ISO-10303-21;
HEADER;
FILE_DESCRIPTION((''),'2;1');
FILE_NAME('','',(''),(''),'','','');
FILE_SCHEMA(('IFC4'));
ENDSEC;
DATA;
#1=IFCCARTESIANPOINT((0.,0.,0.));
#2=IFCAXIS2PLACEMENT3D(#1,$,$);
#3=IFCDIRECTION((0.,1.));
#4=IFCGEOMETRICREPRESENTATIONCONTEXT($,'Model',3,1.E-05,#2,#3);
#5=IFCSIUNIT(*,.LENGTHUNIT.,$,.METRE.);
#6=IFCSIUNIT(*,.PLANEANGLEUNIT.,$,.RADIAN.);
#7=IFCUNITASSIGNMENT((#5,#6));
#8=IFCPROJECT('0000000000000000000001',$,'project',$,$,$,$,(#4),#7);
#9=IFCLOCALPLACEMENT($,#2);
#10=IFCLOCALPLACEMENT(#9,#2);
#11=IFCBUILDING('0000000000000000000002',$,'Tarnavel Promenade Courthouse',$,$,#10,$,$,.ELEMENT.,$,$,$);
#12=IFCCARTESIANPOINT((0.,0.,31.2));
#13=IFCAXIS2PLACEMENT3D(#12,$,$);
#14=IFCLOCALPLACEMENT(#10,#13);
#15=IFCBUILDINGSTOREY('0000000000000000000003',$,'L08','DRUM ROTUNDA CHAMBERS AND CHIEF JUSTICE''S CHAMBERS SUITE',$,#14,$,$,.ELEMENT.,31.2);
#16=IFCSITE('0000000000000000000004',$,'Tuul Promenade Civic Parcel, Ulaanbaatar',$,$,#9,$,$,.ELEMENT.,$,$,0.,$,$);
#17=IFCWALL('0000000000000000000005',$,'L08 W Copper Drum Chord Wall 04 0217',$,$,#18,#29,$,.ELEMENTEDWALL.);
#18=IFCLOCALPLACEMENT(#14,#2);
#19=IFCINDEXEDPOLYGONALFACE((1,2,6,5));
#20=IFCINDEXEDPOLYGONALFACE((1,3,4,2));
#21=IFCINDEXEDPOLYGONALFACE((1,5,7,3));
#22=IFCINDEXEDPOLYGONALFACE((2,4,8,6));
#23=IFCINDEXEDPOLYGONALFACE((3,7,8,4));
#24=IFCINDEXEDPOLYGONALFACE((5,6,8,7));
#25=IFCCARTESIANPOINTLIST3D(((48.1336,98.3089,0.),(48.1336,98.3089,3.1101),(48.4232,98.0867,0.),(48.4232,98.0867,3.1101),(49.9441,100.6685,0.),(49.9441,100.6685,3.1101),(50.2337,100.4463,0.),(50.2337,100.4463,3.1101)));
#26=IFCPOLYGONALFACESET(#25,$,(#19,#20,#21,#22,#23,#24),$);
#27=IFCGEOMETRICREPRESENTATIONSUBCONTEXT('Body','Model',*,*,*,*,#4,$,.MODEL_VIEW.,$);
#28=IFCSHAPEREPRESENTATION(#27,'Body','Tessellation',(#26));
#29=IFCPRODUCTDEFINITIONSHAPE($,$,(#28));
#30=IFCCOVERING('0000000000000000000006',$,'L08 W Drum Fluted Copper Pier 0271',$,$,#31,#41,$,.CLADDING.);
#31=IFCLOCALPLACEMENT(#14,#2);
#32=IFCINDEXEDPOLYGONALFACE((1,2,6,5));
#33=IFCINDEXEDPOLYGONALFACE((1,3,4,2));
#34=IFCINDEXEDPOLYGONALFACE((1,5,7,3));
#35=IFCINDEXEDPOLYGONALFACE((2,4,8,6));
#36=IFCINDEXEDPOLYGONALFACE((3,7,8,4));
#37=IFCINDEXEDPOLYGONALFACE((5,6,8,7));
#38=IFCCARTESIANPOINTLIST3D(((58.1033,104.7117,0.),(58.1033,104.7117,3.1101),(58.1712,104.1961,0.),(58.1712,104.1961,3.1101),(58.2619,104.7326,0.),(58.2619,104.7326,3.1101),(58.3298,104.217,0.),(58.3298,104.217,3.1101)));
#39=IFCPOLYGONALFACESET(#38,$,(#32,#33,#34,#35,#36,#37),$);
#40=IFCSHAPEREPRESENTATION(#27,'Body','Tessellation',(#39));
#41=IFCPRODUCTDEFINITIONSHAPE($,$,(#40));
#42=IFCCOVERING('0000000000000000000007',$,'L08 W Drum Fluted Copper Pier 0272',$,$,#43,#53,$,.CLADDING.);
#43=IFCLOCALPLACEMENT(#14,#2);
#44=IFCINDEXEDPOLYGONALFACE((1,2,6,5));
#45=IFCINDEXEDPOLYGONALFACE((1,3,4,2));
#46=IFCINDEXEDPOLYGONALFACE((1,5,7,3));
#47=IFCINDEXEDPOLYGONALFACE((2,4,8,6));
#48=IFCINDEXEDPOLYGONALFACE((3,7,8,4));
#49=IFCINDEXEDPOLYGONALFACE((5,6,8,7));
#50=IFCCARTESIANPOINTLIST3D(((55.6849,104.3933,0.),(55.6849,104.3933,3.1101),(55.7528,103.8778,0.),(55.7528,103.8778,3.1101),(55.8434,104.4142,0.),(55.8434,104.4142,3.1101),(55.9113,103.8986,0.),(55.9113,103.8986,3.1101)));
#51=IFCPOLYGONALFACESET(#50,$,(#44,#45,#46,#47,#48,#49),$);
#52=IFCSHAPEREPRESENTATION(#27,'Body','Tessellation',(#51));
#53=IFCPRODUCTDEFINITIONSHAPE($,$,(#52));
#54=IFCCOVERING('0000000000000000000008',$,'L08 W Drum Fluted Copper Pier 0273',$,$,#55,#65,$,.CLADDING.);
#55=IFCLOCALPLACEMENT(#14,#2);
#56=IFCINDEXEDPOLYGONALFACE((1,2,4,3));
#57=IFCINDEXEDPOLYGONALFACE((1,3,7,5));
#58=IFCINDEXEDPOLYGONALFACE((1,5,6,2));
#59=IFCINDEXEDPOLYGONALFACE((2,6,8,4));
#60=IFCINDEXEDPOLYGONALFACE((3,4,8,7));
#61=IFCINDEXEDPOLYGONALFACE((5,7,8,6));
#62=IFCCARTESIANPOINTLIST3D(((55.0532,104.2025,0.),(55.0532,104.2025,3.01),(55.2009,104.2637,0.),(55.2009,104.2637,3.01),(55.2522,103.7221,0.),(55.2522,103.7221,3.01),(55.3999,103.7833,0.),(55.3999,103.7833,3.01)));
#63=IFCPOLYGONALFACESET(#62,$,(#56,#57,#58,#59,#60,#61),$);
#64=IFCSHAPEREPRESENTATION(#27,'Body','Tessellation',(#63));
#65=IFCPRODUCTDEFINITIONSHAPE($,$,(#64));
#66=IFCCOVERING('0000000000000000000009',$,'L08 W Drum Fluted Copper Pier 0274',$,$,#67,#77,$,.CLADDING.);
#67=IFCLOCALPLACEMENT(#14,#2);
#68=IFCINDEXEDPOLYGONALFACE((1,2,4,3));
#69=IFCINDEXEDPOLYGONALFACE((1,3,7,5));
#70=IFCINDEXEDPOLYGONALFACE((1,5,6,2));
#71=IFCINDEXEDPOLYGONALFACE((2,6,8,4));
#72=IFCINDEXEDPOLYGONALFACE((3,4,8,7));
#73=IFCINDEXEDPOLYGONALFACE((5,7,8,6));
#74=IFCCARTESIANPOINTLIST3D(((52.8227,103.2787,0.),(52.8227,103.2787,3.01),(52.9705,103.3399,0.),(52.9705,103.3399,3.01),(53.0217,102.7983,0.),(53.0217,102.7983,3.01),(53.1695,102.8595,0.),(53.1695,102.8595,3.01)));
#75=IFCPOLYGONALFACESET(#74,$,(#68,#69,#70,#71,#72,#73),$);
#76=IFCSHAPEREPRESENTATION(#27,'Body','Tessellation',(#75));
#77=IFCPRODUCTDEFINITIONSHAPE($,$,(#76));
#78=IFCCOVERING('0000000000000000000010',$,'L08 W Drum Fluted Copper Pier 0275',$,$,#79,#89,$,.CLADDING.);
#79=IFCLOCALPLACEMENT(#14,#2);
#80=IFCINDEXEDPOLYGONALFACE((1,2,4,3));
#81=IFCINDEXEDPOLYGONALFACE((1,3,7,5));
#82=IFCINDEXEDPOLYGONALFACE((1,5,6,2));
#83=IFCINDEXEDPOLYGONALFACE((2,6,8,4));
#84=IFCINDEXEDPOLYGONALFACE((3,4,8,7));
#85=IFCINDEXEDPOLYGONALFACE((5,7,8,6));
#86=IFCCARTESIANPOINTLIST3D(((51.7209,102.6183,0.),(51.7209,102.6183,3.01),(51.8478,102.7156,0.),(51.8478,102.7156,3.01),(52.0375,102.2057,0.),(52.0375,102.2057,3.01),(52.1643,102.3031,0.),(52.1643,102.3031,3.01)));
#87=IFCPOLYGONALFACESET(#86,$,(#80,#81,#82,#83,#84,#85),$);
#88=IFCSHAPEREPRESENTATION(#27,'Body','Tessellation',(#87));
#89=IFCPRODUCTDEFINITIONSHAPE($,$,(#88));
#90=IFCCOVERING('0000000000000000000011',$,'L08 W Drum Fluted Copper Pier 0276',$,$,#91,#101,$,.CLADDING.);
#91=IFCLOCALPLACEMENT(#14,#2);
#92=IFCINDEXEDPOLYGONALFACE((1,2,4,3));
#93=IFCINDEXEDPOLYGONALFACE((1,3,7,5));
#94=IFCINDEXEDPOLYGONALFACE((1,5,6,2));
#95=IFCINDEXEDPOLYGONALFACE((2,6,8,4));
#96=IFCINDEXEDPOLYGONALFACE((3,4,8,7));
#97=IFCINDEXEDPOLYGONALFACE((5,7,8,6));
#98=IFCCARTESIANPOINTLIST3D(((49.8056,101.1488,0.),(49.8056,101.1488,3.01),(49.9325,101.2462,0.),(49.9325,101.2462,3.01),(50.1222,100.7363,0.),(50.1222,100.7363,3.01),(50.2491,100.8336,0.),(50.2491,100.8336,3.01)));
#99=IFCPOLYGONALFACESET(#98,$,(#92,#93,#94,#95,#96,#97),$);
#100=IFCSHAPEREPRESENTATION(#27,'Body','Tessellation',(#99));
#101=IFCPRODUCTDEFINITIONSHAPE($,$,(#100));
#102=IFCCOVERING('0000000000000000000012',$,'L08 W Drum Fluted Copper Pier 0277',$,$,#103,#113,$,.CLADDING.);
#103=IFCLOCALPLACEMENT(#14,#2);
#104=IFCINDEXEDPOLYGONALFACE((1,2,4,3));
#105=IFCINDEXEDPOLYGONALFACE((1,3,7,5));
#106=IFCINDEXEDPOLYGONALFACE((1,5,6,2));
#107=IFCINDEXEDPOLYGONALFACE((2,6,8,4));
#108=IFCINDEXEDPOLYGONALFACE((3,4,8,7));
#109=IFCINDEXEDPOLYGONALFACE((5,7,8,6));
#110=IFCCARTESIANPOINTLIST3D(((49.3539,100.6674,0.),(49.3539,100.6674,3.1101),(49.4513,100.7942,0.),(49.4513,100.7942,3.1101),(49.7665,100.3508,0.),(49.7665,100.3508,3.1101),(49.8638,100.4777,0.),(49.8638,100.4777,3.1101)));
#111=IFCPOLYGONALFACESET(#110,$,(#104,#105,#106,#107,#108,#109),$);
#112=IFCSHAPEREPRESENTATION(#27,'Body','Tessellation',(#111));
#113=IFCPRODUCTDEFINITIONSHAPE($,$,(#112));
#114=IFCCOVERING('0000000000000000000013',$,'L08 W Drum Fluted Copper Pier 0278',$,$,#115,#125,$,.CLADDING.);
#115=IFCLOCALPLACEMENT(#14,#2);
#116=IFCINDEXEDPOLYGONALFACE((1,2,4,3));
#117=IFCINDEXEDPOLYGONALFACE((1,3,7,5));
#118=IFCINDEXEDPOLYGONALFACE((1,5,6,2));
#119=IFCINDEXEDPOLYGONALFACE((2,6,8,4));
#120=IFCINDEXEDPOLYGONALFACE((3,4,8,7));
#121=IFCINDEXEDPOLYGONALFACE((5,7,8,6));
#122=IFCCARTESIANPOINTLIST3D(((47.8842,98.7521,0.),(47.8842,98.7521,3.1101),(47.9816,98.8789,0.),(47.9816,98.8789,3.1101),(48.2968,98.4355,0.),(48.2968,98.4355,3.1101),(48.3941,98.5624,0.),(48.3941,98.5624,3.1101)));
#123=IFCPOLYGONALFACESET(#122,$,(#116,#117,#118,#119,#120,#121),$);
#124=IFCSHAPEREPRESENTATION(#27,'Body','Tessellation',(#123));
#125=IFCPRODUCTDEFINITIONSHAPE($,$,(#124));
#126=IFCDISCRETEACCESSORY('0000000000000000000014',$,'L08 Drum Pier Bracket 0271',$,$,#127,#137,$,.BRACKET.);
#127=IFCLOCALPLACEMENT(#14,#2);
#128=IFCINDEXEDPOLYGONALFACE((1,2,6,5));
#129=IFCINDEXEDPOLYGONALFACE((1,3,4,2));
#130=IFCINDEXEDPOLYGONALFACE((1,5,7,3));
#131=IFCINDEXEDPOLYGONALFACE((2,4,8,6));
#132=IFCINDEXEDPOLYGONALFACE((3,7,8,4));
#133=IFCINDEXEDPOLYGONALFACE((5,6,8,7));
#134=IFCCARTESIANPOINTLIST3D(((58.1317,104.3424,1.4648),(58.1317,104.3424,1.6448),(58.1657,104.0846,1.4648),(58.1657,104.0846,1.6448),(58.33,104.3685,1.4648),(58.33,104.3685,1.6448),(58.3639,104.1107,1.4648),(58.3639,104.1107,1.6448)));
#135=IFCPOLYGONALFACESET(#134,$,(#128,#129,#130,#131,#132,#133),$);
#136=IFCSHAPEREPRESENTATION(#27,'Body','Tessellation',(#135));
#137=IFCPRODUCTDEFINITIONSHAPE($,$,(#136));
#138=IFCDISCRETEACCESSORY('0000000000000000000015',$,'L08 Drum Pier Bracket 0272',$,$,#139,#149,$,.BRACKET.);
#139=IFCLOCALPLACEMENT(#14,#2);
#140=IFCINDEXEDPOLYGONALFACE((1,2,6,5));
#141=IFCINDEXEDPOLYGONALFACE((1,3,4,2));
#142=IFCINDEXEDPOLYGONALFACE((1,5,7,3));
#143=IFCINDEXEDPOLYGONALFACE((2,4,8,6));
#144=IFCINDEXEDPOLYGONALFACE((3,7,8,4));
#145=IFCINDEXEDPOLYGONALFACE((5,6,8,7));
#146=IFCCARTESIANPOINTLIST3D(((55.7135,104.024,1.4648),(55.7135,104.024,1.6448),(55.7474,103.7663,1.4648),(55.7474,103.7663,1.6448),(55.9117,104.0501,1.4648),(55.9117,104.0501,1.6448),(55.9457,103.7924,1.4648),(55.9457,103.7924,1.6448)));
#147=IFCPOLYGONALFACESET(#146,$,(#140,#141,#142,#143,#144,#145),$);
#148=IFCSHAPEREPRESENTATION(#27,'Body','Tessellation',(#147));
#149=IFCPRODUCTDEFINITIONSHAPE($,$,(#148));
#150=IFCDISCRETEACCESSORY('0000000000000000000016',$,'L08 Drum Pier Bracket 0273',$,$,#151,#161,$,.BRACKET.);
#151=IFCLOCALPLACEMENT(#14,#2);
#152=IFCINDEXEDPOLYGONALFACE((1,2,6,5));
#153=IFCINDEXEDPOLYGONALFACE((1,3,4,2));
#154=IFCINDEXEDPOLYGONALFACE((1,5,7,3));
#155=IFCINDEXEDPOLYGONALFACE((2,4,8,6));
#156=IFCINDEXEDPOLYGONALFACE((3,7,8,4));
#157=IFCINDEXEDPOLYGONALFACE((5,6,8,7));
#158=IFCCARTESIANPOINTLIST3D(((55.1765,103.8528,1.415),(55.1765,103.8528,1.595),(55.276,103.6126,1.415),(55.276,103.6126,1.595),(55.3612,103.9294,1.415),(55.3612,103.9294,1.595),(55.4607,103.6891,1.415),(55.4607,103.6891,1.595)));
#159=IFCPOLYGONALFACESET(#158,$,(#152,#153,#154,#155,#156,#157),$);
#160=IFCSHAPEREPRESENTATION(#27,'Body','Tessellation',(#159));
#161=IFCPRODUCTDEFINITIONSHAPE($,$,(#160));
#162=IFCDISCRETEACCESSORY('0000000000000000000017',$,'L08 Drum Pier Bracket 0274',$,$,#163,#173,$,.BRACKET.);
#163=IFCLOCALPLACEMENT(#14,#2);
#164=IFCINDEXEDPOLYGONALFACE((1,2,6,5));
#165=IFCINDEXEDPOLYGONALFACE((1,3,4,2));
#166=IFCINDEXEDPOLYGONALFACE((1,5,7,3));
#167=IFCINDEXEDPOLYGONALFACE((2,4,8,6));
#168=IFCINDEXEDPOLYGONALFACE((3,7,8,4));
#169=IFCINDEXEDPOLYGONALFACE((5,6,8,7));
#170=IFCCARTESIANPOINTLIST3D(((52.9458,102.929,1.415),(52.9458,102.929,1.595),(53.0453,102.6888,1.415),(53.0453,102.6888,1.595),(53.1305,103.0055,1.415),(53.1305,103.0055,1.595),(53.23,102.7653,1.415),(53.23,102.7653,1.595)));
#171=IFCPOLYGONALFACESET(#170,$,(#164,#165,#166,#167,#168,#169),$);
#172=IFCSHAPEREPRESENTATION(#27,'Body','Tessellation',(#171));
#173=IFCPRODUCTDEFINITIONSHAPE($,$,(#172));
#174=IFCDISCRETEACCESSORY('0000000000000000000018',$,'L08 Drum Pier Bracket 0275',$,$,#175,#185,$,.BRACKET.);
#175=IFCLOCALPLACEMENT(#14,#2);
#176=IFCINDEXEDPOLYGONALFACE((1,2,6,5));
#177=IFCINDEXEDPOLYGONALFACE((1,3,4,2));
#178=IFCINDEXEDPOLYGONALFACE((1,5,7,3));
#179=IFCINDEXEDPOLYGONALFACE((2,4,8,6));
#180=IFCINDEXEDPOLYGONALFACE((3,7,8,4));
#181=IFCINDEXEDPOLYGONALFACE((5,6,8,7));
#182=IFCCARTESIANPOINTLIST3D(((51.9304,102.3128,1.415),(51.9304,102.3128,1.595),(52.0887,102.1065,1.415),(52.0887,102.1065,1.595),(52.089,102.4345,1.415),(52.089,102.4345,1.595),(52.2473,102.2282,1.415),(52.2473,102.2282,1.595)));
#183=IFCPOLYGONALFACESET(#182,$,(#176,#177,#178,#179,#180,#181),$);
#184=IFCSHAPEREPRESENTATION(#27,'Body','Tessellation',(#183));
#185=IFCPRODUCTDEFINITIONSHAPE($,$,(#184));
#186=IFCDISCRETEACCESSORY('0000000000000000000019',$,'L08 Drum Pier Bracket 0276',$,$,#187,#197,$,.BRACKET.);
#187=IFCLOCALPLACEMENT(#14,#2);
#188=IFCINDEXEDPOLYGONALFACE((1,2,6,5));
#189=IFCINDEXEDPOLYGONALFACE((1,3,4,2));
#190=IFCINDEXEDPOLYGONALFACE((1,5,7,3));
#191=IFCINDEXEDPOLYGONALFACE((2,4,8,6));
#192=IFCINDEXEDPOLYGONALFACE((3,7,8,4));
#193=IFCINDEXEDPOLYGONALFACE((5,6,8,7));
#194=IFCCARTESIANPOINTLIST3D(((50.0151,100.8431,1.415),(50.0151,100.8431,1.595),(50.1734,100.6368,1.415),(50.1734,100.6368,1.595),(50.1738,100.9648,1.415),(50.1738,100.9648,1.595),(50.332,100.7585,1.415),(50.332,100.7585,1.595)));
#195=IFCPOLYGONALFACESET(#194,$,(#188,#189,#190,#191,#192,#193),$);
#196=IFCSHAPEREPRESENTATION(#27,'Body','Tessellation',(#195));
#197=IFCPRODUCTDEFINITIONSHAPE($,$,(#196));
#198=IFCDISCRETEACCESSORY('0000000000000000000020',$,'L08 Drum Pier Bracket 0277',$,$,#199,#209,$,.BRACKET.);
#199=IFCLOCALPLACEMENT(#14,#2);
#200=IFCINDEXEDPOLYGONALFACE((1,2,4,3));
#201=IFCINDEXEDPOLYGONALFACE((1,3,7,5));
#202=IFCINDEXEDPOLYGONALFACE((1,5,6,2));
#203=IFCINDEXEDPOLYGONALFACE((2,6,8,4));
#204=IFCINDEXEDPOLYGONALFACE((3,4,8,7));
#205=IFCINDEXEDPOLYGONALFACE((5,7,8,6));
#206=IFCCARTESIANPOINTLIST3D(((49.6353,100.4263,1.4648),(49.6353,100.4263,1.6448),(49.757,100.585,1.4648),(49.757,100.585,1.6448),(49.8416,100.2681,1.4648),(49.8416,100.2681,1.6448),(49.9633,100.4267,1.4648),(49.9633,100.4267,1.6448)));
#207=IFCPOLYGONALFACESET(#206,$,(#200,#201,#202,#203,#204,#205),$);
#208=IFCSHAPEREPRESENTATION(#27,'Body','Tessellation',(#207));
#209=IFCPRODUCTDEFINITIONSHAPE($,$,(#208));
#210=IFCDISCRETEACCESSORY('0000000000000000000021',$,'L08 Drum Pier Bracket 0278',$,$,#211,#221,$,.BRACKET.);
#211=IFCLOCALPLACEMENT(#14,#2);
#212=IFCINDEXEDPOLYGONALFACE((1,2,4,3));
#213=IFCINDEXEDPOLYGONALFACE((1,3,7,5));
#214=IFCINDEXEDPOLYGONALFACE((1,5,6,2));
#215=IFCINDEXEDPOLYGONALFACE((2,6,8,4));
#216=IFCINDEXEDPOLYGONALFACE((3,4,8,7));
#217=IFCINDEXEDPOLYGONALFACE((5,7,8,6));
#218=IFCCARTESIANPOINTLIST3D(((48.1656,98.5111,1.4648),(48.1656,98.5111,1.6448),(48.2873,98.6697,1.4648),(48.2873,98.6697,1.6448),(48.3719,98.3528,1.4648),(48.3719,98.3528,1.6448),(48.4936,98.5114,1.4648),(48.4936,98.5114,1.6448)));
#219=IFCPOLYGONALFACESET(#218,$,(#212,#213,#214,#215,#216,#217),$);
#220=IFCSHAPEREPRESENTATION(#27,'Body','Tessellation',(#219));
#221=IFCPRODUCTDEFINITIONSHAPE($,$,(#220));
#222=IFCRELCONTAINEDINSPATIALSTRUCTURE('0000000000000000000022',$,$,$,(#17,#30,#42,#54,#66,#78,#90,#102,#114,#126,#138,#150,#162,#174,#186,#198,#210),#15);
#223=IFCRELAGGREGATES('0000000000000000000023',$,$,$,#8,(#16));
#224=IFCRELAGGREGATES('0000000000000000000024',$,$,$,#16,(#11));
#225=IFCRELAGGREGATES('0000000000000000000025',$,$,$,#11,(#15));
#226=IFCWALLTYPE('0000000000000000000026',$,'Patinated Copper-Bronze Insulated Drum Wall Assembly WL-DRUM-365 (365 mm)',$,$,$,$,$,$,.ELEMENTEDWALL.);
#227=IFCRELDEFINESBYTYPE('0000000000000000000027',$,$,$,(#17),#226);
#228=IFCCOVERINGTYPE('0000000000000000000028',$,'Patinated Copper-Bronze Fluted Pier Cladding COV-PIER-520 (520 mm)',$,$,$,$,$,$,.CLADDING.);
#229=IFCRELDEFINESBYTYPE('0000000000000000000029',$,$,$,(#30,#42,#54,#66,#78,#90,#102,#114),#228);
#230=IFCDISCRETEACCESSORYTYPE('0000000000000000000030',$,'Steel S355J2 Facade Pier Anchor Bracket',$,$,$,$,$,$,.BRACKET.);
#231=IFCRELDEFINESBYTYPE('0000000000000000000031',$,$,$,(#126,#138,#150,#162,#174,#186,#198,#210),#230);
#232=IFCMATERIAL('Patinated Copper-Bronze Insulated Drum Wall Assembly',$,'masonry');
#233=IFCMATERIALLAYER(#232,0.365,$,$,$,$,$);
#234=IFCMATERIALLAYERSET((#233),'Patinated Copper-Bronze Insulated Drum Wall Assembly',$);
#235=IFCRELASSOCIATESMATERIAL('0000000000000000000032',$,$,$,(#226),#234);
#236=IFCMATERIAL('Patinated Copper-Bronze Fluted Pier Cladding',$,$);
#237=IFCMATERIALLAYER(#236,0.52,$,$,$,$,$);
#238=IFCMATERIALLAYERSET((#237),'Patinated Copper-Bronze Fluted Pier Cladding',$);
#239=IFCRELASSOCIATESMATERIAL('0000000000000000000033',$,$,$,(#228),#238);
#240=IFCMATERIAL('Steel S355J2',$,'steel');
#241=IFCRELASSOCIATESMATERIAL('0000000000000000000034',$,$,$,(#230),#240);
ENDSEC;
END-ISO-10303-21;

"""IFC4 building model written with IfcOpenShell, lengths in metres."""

from ifc_helpers import new_model, si_unit, direction, frame, frame_2d, origin, origin_2d, place, context, subcontext, project, spatial, rectangle, extrude, material, layer, layer_set, type_object, element, save


model = new_model("IFC4")

# Units and contexts
model_context = context("Model", 3, precision=1e-05, world=origin(), true_north=direction((0.0, 1.0)))
body_context = subcontext(model_context, "Body", "Model", "MODEL_VIEW")
ifc_project = project(units=[si_unit("LENGTHUNIT", "METRE"), si_unit("PLANEANGLEUNIT", "RADIAN")], contexts=[model_context])

# Site, building, storey
site_placement = place(None, origin())
site = spatial("IfcSite", under=ifc_project, at=site_placement, Name="Tuul Promenade Civic Parcel, Ulaanbaatar", CompositionType="ELEMENT", RefElevation=0.0)
building_placement = place(site_placement, origin())
building = spatial("IfcBuilding", under=site, at=building_placement, Name="Tarnavel Promenade Courthouse", CompositionType="ELEMENT")
storey_placement = place(building_placement, frame((0.0, 0.0, 31.2)))
storey = spatial("IfcBuildingStorey", under=building, at=storey_placement, Name="L08", Description="DRUM ROTUNDA CHAMBERS AND CHIEF JUSTICE'S CHAMBERS SUITE", CompositionType="ELEMENT", Elevation=31.2)

# Shared definitions
ifc_material_1 = material(Name="Steel S355J2", Category="steel")

# Shared definitions
ifc_material_2 = material(Name="Patinated Copper-Bronze Insulated Drum Wall Assembly", Category="masonry")
ifc_layer_1 = layer(ifc_material_2, 0.365)
ifc_layer_set_1 = layer_set([ifc_layer_1], Name="Patinated Copper-Bronze Insulated Drum Wall Assembly")
wall_type_1 = type_object("IfcWallType", Name="Patinated Copper-Bronze Insulated Drum Wall Assembly WL-DRUM-365 (365 mm)", PredefinedType="ELEMENTEDWALL", material=ifc_layer_set_1)

# Wall
wall_1_placement = place(storey_placement, frame((50.0889, 100.5574, 0.0), z_axis=(0.0, 0.0, 1.0), x_axis=(-0.60875, -0.793362, 0.0)))
element("IfcWall", 1, at=wall_1_placement, inside=storey, type_object=wall_type_1, Name="L08 W Copper Drum Chord Wall 04 0217", PredefinedType="ELEMENTEDWALL", context=body_context, shape_type="SweptSolid", body=[
    extrude(rectangle(XDim=2.9741, YDim=0.365, at=frame_2d((1.4871, 0.0))), origin(), (0.0, 0.0, 1.0), 3.1101),
])

# Coverings
ifc_material_3 = material(Name="Patinated Copper-Bronze Fluted Pier Cladding")
ifc_layer_2 = layer(ifc_material_3, 0.52)
ifc_layer_set_2 = layer_set([ifc_layer_2], Name="Patinated Copper-Bronze Fluted Pier Cladding")
covering_type = type_object("IfcCoveringType", Name="Patinated Copper-Bronze Fluted Pier Cladding COV-PIER-520 (520 mm)", PredefinedType="CLADDING", material=ifc_layer_set_2)
for number, where, z_axis, x_axis, name in (
    (2, (58.2166, 104.4644, 0.0), (0.0, 0.0, 1.0), (-0.991445, -0.130526, 0.0), "L08 W Drum Fluted Copper Pier 0271"),
    (3, (55.7981, 104.146, 0.0), (0.0, 0.0, 1.0), (-0.991445, -0.130526, 0.0), "L08 W Drum Fluted Copper Pier 0272"),
):
    element("IfcCovering", number, at=place(storey_placement, frame(where, z_axis=z_axis, x_axis=x_axis)), inside=storey, type_object=covering_type, Name=name, PredefinedType="CLADDING", context=body_context, shape_type="SweptSolid", body=[
        extrude(rectangle(XDim=0.1599, YDim=0.52, at=origin_2d()), origin(), (0.0, 0.0, 1.0), 3.1101),
    ])
for number, where, z_axis, x_axis, name in (
    (4, (55.2266, 103.9929, 0.0), (0.0, 0.0, 1.0), (-0.92388, -0.382683, 0.0), "L08 W Drum Fluted Copper Pier 0273"),
    (5, (52.9961, 103.0691, 0.0), (0.0, 0.0, 1.0), (-0.92388, -0.382683, 0.0), "L08 W Drum Fluted Copper Pier 0274"),
    (6, (51.9426, 102.4607, 0.0), (0.0, 0.0, 1.0), (-0.793353, -0.608761, 0.0), "L08 W Drum Fluted Copper Pier 0275"),
    (7, (50.0273, 100.9912, 0.0), (0.0, 0.0, 1.0), (-0.793353, -0.608761, 0.0), "L08 W Drum Fluted Copper Pier 0276"),
):
    element("IfcCovering", number, at=place(storey_placement, frame(where, z_axis=z_axis, x_axis=x_axis)), inside=storey, type_object=covering_type, Name=name, PredefinedType="CLADDING", context=body_context, shape_type="SweptSolid", body=[
        extrude(rectangle(XDim=0.1599, YDim=0.52, at=origin_2d()), origin(), (0.0, 0.0, 1.0), 3.01),
    ])
for number, where, z_axis, x_axis, name in (
    (8, (49.6089, 100.5725, 0.0), (0.0, 0.0, 1.0), (-0.608761, -0.793353, 0.0), "L08 W Drum Fluted Copper Pier 0277"),
    (9, (48.1392, 98.6572, 0.0), (0.0, 0.0, 1.0), (-0.608761, -0.793353, 0.0), "L08 W Drum Fluted Copper Pier 0278"),
):
    element("IfcCovering", number, at=place(storey_placement, frame(where, z_axis=z_axis, x_axis=x_axis)), inside=storey, type_object=covering_type, Name=name, PredefinedType="CLADDING", context=body_context, shape_type="SweptSolid", body=[
        extrude(rectangle(XDim=0.1599, YDim=0.52, at=origin_2d()), origin(), (0.0, 0.0, 1.0), 3.1101),
    ])

# Discrete accessories
discrete_accessory_type = type_object("IfcDiscreteAccessoryType", Name="Steel S355J2 Facade Pier Anchor Bracket", PredefinedType="BRACKET", material=ifc_material_1)
for number, where, z_axis, x_axis, name in (
    (10, (58.2478, 104.2266, 1.4648), (0.0, 0.0, 1.0), (-0.991445, -0.130526, 0.0), "L08 Drum Pier Bracket 0271"),
    (11, (55.8296, 103.9082, 1.4648), (0.0, 0.0, 1.0), (-0.991445, -0.130526, 0.0), "L08 Drum Pier Bracket 0272"),
    (12, (55.3186, 103.771, 1.415), (0.0, 0.0, 1.0), (-0.92388, -0.382683, 0.0), "L08 Drum Pier Bracket 0273"),
    (13, (53.0879, 102.8472, 1.415), (0.0, 0.0, 1.0), (-0.92388, -0.382683, 0.0), "L08 Drum Pier Bracket 0274"),
    (14, (52.0889, 102.2705, 1.415), (0.0, 0.0, 1.0), (-0.793353, -0.608761, 0.0), "L08 Drum Pier Bracket 0275"),
    (15, (50.1736, 100.8008, 1.415), (0.0, 0.0, 1.0), (-0.793353, -0.608761, 0.0), "L08 Drum Pier Bracket 0276"),
    (16, (49.7993, 100.4265, 1.4648), (0.0, 0.0, 1.0), (-0.608761, -0.793353, 0.0), "L08 Drum Pier Bracket 0277"),
    (17, (48.3296, 98.5112, 1.4648), (0.0, 0.0, 1.0), (-0.608761, -0.793353, 0.0), "L08 Drum Pier Bracket 0278"),
):
    element("IfcDiscreteAccessory", number, at=place(storey_placement, frame(where, z_axis=z_axis, x_axis=x_axis)), inside=storey, type_object=discrete_accessory_type, Name=name, PredefinedType="BRACKET", context=body_context, shape_type="SweptSolid", body=[
        extrude(rectangle(XDim=0.2, YDim=0.26, at=origin_2d()), origin(), (0.0, 0.0, 1.0), 0.1799),
    ])

save(model, "model.ifc")
